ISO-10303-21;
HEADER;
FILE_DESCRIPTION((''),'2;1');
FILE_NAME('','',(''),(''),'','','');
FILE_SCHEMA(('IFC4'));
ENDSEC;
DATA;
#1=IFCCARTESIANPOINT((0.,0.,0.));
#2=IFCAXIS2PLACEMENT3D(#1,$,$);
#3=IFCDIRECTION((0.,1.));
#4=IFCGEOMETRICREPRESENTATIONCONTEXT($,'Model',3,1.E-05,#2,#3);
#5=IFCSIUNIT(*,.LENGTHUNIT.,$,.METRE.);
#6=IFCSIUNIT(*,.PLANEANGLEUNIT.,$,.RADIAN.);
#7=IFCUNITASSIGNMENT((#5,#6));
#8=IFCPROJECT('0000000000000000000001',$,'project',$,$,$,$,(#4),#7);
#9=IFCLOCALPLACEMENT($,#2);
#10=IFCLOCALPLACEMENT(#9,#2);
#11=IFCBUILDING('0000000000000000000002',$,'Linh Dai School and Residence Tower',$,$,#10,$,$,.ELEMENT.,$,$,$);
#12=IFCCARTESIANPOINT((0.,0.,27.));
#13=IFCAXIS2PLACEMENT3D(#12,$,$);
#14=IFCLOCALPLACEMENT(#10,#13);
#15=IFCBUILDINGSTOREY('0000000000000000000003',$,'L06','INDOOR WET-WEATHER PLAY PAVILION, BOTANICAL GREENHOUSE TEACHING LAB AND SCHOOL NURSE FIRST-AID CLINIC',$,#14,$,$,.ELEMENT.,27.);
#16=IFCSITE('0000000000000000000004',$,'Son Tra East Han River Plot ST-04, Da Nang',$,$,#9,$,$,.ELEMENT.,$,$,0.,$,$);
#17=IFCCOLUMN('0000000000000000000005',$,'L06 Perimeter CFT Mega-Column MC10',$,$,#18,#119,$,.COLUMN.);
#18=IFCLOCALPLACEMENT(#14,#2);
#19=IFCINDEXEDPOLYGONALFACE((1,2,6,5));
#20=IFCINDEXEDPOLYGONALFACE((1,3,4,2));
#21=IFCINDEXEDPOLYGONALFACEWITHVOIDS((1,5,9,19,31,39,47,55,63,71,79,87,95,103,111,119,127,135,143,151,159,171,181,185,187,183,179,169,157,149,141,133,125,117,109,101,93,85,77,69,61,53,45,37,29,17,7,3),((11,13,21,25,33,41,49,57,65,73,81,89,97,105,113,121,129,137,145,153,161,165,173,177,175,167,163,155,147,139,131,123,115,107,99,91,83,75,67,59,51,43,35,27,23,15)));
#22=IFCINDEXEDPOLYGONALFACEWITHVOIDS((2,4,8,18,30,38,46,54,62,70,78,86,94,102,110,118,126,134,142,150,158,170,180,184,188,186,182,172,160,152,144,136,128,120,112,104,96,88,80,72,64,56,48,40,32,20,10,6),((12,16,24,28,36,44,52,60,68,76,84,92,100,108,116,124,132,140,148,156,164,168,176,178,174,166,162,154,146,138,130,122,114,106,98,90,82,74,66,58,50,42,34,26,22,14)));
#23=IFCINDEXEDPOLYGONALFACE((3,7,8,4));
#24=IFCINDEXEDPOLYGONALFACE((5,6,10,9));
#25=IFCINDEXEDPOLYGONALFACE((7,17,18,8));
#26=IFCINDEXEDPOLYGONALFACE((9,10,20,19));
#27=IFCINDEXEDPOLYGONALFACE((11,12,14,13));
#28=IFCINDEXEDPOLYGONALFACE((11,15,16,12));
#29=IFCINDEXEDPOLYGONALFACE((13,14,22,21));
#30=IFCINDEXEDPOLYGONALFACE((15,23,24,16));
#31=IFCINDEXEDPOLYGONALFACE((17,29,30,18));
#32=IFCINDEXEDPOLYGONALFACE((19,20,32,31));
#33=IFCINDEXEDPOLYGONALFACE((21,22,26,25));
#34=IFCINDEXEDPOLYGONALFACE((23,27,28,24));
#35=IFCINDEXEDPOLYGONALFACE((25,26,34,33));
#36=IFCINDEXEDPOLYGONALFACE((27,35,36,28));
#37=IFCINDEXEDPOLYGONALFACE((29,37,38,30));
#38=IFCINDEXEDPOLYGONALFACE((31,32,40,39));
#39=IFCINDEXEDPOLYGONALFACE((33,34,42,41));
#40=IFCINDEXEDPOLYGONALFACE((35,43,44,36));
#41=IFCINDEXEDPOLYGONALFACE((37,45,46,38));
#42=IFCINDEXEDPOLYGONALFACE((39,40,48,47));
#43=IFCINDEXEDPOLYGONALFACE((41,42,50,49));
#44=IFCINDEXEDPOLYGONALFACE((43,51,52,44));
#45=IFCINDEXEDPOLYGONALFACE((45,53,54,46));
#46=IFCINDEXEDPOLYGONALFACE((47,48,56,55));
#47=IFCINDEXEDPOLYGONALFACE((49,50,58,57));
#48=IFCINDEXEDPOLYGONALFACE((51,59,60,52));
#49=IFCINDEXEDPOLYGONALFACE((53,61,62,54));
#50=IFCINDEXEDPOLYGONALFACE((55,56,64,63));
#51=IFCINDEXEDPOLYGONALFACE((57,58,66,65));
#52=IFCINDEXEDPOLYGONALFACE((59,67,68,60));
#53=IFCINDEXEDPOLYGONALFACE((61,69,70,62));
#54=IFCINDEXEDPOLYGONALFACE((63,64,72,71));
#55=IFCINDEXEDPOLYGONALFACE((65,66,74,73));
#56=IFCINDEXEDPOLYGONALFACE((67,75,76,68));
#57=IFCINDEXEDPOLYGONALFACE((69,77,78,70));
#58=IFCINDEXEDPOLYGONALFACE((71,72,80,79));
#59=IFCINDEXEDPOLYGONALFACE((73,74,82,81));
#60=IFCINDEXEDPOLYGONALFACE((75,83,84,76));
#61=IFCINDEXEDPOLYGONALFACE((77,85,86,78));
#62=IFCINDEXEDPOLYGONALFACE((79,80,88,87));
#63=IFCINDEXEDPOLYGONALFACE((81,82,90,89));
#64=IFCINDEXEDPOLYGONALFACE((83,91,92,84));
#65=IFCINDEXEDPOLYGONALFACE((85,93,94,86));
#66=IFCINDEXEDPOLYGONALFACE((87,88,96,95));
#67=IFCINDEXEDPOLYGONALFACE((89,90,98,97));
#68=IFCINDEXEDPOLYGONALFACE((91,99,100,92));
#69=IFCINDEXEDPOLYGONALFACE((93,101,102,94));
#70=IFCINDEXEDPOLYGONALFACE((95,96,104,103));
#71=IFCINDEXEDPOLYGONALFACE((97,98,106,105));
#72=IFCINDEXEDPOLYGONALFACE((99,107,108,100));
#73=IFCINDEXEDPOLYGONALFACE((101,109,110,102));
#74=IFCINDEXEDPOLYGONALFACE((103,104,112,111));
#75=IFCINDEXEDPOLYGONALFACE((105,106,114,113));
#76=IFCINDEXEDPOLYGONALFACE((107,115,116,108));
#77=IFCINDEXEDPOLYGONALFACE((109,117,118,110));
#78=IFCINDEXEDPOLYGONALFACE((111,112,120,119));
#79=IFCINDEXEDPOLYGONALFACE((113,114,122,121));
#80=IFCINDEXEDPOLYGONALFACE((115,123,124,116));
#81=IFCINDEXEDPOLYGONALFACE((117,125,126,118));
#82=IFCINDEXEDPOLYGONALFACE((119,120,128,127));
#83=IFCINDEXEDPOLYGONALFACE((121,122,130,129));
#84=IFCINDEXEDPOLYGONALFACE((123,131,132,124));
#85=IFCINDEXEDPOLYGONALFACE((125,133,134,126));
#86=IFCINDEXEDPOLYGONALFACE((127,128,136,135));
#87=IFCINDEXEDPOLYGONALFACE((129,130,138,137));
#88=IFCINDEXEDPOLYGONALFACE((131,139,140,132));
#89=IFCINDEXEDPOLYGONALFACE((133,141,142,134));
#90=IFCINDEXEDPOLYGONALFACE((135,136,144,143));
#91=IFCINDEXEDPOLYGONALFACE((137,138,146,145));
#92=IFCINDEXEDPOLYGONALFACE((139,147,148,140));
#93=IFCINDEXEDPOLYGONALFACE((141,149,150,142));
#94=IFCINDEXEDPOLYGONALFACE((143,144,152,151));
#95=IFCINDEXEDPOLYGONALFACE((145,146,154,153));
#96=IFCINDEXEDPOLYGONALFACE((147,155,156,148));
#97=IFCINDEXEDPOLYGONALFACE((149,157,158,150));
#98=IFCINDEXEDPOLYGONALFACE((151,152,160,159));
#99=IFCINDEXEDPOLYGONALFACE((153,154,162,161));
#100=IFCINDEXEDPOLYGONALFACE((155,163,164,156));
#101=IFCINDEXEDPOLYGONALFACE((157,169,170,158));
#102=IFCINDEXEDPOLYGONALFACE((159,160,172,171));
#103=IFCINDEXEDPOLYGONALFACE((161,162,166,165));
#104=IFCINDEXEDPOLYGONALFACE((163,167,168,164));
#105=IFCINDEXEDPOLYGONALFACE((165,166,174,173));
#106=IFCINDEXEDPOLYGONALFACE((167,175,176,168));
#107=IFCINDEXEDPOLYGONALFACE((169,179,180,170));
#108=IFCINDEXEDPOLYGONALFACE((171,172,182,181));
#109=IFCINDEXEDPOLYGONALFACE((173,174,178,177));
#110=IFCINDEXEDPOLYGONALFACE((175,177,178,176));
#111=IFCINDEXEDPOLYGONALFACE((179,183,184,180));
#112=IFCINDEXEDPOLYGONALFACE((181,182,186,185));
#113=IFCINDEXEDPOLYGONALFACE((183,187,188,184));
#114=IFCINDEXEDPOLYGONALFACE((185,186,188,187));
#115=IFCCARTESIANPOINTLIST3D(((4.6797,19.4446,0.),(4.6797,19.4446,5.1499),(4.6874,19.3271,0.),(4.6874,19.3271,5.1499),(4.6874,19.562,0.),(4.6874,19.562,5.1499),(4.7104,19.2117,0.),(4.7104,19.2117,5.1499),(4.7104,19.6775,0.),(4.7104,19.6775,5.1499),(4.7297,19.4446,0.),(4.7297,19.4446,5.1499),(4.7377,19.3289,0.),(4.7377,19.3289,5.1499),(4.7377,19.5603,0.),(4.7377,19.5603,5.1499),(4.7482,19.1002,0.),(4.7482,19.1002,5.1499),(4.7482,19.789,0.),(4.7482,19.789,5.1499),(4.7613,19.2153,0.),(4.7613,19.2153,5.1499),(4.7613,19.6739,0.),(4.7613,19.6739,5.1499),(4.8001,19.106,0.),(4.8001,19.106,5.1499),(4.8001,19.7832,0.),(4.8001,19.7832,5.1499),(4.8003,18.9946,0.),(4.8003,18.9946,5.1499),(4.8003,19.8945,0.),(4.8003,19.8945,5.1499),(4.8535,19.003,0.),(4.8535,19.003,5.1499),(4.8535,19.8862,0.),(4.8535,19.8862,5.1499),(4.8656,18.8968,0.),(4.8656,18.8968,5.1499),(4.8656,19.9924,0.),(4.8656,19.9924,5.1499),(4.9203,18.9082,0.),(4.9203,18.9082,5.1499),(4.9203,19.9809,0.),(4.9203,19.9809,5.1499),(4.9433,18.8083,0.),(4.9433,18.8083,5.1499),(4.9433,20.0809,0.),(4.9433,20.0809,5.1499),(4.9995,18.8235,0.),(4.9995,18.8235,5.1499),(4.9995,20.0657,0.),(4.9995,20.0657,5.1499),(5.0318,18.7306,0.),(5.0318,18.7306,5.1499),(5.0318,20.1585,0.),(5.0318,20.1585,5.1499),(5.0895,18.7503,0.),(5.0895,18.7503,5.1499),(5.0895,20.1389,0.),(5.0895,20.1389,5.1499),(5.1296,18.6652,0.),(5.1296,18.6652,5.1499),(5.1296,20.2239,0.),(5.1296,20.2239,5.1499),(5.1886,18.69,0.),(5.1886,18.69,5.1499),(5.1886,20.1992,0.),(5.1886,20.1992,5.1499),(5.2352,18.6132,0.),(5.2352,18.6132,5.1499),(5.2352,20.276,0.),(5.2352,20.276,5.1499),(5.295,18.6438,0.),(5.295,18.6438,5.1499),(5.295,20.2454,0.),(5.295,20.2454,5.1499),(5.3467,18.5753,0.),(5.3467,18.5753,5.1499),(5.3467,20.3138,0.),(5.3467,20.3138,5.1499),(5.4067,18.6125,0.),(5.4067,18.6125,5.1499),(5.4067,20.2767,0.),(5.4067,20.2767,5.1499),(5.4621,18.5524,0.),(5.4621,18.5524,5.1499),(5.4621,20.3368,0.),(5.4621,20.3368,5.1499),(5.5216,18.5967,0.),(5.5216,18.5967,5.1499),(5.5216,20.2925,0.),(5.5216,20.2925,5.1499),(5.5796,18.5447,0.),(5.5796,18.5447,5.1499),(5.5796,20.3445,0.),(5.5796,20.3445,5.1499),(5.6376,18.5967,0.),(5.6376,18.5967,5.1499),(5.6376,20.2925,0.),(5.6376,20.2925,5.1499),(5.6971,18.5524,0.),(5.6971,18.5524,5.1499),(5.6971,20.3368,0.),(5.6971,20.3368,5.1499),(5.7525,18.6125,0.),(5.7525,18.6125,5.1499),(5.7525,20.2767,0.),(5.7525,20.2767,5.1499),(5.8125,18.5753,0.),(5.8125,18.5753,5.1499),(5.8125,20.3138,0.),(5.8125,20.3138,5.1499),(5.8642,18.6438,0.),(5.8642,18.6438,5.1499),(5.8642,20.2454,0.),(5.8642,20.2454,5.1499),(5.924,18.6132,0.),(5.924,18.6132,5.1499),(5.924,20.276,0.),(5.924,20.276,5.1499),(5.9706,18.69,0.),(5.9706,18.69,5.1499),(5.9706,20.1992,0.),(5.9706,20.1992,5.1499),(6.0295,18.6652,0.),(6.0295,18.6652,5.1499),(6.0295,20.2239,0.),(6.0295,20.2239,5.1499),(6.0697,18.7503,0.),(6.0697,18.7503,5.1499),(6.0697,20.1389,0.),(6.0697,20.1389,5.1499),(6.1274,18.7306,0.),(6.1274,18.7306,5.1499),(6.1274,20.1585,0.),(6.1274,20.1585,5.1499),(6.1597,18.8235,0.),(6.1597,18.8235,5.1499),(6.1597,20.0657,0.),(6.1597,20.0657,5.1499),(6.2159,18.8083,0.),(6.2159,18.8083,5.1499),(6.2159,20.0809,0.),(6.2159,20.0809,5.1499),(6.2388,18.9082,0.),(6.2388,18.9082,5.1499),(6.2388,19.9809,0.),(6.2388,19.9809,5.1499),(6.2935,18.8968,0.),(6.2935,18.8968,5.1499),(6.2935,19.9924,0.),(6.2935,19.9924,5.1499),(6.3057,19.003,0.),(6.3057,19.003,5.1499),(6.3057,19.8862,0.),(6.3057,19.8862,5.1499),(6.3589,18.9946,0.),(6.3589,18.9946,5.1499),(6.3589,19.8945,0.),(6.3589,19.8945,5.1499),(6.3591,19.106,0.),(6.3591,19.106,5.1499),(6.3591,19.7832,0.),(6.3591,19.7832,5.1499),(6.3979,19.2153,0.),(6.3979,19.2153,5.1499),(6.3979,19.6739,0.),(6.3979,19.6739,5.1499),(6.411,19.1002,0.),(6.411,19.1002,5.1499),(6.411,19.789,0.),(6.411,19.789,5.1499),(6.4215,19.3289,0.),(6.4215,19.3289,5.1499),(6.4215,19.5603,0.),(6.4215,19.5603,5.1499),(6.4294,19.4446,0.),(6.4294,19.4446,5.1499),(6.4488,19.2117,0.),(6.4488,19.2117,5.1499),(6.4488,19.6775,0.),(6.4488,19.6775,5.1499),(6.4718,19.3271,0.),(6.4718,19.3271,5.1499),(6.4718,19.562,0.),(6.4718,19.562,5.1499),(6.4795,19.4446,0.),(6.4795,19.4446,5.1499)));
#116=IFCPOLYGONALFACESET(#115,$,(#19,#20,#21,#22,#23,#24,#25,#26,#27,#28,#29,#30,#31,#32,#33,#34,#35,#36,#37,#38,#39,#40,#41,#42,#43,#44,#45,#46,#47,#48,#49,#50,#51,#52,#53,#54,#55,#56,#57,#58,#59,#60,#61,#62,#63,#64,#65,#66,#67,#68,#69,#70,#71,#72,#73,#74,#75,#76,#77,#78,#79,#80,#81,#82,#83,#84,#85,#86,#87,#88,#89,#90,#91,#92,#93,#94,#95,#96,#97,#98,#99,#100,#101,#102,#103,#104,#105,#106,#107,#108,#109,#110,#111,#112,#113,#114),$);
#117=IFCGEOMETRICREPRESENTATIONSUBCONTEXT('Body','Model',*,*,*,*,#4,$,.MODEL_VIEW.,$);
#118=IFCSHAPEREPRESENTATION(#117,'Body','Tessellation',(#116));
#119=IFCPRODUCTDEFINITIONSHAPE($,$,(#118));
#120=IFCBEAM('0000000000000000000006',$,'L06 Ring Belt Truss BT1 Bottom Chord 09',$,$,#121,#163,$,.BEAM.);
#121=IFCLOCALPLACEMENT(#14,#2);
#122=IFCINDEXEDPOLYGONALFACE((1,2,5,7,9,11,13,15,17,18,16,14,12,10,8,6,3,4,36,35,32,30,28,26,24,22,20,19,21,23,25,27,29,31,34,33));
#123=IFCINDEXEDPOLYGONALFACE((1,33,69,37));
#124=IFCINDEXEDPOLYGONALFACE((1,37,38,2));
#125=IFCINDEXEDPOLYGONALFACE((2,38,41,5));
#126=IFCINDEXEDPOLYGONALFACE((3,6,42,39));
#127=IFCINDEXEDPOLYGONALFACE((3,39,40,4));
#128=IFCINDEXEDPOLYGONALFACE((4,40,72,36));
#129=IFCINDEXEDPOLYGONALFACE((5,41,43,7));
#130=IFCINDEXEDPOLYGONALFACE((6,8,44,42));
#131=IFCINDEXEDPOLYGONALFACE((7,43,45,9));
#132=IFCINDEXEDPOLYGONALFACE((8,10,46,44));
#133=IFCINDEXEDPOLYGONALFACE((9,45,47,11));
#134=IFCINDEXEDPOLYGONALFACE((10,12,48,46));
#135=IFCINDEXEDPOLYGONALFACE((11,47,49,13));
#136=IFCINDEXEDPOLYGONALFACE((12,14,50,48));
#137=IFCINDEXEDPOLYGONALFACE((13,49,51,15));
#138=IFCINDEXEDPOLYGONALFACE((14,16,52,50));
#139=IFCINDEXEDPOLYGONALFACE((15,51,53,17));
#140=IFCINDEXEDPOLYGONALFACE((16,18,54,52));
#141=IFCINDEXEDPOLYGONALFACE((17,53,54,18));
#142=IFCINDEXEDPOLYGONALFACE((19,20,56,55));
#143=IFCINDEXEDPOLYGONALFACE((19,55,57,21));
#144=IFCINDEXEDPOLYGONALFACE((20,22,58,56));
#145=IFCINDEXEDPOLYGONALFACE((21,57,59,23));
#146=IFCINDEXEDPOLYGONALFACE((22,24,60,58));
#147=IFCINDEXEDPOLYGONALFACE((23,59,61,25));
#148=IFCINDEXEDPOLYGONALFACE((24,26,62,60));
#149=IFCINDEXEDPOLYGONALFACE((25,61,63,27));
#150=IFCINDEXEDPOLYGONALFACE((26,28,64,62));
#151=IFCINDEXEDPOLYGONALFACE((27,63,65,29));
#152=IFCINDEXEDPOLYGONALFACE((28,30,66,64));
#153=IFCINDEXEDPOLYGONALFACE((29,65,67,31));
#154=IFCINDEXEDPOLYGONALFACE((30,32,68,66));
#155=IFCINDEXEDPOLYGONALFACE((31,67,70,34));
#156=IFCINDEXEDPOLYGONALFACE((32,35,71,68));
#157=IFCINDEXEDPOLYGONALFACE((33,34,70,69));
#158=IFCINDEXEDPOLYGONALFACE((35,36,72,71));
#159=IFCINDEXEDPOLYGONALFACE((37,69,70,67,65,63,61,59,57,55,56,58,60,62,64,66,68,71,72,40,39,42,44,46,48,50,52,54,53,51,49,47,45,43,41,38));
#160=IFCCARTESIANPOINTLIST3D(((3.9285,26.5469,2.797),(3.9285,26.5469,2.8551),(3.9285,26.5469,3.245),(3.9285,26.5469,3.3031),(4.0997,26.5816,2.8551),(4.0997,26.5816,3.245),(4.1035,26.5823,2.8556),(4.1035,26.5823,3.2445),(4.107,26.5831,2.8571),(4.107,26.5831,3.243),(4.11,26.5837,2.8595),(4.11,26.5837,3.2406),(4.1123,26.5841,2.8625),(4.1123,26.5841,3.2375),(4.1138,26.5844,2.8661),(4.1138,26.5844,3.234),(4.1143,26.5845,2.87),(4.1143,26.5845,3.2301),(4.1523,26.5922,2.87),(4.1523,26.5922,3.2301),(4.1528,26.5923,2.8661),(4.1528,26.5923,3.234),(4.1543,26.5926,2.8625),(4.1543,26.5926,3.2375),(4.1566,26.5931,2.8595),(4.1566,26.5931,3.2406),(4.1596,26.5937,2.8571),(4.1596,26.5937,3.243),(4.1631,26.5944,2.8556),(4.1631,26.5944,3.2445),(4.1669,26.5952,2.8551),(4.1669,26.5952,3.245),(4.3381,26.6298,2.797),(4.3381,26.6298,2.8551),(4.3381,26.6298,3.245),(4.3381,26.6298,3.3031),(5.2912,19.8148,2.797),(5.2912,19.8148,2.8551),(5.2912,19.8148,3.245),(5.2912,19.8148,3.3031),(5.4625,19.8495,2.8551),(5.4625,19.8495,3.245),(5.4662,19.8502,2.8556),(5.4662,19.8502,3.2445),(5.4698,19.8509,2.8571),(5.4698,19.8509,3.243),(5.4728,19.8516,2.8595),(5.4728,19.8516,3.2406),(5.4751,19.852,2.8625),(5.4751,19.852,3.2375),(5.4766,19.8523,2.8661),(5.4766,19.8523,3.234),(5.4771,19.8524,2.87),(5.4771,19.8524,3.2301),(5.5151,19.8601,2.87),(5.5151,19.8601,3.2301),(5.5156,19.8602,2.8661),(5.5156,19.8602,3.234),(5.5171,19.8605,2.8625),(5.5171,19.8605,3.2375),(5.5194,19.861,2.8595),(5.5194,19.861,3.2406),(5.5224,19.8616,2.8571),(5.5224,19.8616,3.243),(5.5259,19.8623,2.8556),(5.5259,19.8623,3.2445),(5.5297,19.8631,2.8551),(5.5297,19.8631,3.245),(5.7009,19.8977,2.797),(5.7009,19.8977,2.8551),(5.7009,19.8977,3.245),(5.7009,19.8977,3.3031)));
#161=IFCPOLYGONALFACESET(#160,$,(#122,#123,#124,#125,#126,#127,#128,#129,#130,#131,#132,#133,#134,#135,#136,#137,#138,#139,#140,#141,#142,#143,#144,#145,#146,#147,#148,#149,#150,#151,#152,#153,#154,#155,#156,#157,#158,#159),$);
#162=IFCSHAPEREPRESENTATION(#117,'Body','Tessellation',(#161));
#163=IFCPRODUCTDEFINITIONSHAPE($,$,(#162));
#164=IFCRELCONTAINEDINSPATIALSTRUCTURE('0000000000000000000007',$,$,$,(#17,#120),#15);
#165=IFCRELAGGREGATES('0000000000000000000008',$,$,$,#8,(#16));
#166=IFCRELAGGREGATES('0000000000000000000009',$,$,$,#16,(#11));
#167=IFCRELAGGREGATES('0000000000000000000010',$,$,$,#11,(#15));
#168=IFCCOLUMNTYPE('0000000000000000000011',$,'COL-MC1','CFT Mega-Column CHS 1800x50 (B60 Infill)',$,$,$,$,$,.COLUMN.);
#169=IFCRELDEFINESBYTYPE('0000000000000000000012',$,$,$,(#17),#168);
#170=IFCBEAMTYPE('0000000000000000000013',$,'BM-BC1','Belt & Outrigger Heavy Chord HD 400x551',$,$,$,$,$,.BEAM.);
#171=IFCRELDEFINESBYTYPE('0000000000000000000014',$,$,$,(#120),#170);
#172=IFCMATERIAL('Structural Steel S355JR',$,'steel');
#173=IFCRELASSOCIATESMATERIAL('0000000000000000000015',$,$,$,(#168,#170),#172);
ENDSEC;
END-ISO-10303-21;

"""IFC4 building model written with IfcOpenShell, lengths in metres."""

from ifc_helpers import new_model, si_unit, direction, frame, origin, origin_2d, place, context, subcontext, project, spatial, hollow_circle, i_section, extrude, material, material_profile, profile_set, type_object, element, save


model = new_model("IFC4")

# Units and contexts
model_context = context("Model", 3, precision=1e-05, world=origin(), true_north=direction((0.0, 1.0)))
body_context = subcontext(model_context, "Body", "Model", "MODEL_VIEW")
ifc_project = project(units=[si_unit("LENGTHUNIT", "METRE"), si_unit("PLANEANGLEUNIT", "RADIAN")], contexts=[model_context])

# Site, building, storey
site_placement = place(None, origin())
site = spatial("IfcSite", under=ifc_project, at=site_placement, Name="Son Tra East Han River Plot ST-04, Da Nang", CompositionType="ELEMENT", RefElevation=0.0)
building_placement = place(site_placement, origin())
building = spatial("IfcBuilding", under=site, at=building_placement, Name="Linh Dai School and Residence Tower", CompositionType="ELEMENT")
storey_placement = place(building_placement, frame((0.0, 0.0, 27.0)))
storey = spatial("IfcBuildingStorey", under=building, at=storey_placement, Name="L06", Description="INDOOR WET-WEATHER PLAY PAVILION, BOTANICAL GREENHOUSE TEACHING LAB AND SCHOOL NURSE FIRST-AID CLINIC", CompositionType="ELEMENT", Elevation=27.0)

# Column
ifc_material_1 = material(Name="Structural Steel S355JR", Category="steel")
ifc_material_profile_1 = material_profile(ifc_material_1, hollow_circle(Radius=0.8999, WallThickness=0.05, at=origin_2d()), Name="CHS 1800x50")
ifc_profile_set_1 = profile_set([ifc_material_profile_1], Name="Structural Steel S355JR")
column_type = type_object("IfcColumnType", Name="COL-MC1", Description="CFT Mega-Column CHS 1800x50 (B60 Infill)", PredefinedType="COLUMN", material=ifc_profile_set_1)
for number, where, z_axis, x_axis, name in (
    (1, (5.5796, 19.4446, 0.0), (0.0, 0.0, 1.0), (1.0, 0.0, 0.0), "L06 Perimeter CFT Mega-Column MC10"),
):
    element("IfcColumn", number, at=place(storey_placement, frame(where, z_axis=z_axis, x_axis=x_axis)), inside=storey, type_object=column_type, Name=name, PredefinedType="COLUMN", context=body_context, shape_type="SweptSolid", body=[
        extrude(hollow_circle(Radius=0.8999, WallThickness=0.05, at=origin_2d()), origin(), (0.0, 0.0, 1.0), 5.1499),
    ])

# Beam
ifc_material_profile_2 = material_profile(ifc_material_1, i_section(OverallWidth=0.418, OverallDepth=0.5061, WebThickness=0.0388, FlangeThickness=0.0581, FilletRadius=0.0149, at=origin_2d()), Name="HD 400x551")
ifc_profile_set_2 = profile_set([ifc_material_profile_2], Name="Structural Steel S355JR")
beam_type_1 = type_object("IfcBeamType", Name="BM-BC1", Description="Belt & Outrigger Heavy Chord HD 400x551", PredefinedType="BEAM", material=ifc_profile_set_2)
beam_1_placement = place(storey_placement, frame((4.1333, 26.5884, 3.05), z_axis=(0.198405, -0.98012, 0.0), x_axis=(0.98012, 0.198405, 0.0)))
element("IfcBeam", 2, at=beam_1_placement, inside=storey, type_object=beam_type_1, Name="L06 Ring Belt Truss BT1 Bottom Chord 09", PredefinedType="BEAM", context=body_context, shape_type="SweptSolid", body=[
    extrude(i_section(OverallWidth=0.418, OverallDepth=0.5061, WebThickness=0.0388, FlangeThickness=0.0581, FilletRadius=0.0149, at=origin_2d()), origin(), (0.0, 0.0, 1.0), 6.8687),
])

save(model, "model.ifc")
